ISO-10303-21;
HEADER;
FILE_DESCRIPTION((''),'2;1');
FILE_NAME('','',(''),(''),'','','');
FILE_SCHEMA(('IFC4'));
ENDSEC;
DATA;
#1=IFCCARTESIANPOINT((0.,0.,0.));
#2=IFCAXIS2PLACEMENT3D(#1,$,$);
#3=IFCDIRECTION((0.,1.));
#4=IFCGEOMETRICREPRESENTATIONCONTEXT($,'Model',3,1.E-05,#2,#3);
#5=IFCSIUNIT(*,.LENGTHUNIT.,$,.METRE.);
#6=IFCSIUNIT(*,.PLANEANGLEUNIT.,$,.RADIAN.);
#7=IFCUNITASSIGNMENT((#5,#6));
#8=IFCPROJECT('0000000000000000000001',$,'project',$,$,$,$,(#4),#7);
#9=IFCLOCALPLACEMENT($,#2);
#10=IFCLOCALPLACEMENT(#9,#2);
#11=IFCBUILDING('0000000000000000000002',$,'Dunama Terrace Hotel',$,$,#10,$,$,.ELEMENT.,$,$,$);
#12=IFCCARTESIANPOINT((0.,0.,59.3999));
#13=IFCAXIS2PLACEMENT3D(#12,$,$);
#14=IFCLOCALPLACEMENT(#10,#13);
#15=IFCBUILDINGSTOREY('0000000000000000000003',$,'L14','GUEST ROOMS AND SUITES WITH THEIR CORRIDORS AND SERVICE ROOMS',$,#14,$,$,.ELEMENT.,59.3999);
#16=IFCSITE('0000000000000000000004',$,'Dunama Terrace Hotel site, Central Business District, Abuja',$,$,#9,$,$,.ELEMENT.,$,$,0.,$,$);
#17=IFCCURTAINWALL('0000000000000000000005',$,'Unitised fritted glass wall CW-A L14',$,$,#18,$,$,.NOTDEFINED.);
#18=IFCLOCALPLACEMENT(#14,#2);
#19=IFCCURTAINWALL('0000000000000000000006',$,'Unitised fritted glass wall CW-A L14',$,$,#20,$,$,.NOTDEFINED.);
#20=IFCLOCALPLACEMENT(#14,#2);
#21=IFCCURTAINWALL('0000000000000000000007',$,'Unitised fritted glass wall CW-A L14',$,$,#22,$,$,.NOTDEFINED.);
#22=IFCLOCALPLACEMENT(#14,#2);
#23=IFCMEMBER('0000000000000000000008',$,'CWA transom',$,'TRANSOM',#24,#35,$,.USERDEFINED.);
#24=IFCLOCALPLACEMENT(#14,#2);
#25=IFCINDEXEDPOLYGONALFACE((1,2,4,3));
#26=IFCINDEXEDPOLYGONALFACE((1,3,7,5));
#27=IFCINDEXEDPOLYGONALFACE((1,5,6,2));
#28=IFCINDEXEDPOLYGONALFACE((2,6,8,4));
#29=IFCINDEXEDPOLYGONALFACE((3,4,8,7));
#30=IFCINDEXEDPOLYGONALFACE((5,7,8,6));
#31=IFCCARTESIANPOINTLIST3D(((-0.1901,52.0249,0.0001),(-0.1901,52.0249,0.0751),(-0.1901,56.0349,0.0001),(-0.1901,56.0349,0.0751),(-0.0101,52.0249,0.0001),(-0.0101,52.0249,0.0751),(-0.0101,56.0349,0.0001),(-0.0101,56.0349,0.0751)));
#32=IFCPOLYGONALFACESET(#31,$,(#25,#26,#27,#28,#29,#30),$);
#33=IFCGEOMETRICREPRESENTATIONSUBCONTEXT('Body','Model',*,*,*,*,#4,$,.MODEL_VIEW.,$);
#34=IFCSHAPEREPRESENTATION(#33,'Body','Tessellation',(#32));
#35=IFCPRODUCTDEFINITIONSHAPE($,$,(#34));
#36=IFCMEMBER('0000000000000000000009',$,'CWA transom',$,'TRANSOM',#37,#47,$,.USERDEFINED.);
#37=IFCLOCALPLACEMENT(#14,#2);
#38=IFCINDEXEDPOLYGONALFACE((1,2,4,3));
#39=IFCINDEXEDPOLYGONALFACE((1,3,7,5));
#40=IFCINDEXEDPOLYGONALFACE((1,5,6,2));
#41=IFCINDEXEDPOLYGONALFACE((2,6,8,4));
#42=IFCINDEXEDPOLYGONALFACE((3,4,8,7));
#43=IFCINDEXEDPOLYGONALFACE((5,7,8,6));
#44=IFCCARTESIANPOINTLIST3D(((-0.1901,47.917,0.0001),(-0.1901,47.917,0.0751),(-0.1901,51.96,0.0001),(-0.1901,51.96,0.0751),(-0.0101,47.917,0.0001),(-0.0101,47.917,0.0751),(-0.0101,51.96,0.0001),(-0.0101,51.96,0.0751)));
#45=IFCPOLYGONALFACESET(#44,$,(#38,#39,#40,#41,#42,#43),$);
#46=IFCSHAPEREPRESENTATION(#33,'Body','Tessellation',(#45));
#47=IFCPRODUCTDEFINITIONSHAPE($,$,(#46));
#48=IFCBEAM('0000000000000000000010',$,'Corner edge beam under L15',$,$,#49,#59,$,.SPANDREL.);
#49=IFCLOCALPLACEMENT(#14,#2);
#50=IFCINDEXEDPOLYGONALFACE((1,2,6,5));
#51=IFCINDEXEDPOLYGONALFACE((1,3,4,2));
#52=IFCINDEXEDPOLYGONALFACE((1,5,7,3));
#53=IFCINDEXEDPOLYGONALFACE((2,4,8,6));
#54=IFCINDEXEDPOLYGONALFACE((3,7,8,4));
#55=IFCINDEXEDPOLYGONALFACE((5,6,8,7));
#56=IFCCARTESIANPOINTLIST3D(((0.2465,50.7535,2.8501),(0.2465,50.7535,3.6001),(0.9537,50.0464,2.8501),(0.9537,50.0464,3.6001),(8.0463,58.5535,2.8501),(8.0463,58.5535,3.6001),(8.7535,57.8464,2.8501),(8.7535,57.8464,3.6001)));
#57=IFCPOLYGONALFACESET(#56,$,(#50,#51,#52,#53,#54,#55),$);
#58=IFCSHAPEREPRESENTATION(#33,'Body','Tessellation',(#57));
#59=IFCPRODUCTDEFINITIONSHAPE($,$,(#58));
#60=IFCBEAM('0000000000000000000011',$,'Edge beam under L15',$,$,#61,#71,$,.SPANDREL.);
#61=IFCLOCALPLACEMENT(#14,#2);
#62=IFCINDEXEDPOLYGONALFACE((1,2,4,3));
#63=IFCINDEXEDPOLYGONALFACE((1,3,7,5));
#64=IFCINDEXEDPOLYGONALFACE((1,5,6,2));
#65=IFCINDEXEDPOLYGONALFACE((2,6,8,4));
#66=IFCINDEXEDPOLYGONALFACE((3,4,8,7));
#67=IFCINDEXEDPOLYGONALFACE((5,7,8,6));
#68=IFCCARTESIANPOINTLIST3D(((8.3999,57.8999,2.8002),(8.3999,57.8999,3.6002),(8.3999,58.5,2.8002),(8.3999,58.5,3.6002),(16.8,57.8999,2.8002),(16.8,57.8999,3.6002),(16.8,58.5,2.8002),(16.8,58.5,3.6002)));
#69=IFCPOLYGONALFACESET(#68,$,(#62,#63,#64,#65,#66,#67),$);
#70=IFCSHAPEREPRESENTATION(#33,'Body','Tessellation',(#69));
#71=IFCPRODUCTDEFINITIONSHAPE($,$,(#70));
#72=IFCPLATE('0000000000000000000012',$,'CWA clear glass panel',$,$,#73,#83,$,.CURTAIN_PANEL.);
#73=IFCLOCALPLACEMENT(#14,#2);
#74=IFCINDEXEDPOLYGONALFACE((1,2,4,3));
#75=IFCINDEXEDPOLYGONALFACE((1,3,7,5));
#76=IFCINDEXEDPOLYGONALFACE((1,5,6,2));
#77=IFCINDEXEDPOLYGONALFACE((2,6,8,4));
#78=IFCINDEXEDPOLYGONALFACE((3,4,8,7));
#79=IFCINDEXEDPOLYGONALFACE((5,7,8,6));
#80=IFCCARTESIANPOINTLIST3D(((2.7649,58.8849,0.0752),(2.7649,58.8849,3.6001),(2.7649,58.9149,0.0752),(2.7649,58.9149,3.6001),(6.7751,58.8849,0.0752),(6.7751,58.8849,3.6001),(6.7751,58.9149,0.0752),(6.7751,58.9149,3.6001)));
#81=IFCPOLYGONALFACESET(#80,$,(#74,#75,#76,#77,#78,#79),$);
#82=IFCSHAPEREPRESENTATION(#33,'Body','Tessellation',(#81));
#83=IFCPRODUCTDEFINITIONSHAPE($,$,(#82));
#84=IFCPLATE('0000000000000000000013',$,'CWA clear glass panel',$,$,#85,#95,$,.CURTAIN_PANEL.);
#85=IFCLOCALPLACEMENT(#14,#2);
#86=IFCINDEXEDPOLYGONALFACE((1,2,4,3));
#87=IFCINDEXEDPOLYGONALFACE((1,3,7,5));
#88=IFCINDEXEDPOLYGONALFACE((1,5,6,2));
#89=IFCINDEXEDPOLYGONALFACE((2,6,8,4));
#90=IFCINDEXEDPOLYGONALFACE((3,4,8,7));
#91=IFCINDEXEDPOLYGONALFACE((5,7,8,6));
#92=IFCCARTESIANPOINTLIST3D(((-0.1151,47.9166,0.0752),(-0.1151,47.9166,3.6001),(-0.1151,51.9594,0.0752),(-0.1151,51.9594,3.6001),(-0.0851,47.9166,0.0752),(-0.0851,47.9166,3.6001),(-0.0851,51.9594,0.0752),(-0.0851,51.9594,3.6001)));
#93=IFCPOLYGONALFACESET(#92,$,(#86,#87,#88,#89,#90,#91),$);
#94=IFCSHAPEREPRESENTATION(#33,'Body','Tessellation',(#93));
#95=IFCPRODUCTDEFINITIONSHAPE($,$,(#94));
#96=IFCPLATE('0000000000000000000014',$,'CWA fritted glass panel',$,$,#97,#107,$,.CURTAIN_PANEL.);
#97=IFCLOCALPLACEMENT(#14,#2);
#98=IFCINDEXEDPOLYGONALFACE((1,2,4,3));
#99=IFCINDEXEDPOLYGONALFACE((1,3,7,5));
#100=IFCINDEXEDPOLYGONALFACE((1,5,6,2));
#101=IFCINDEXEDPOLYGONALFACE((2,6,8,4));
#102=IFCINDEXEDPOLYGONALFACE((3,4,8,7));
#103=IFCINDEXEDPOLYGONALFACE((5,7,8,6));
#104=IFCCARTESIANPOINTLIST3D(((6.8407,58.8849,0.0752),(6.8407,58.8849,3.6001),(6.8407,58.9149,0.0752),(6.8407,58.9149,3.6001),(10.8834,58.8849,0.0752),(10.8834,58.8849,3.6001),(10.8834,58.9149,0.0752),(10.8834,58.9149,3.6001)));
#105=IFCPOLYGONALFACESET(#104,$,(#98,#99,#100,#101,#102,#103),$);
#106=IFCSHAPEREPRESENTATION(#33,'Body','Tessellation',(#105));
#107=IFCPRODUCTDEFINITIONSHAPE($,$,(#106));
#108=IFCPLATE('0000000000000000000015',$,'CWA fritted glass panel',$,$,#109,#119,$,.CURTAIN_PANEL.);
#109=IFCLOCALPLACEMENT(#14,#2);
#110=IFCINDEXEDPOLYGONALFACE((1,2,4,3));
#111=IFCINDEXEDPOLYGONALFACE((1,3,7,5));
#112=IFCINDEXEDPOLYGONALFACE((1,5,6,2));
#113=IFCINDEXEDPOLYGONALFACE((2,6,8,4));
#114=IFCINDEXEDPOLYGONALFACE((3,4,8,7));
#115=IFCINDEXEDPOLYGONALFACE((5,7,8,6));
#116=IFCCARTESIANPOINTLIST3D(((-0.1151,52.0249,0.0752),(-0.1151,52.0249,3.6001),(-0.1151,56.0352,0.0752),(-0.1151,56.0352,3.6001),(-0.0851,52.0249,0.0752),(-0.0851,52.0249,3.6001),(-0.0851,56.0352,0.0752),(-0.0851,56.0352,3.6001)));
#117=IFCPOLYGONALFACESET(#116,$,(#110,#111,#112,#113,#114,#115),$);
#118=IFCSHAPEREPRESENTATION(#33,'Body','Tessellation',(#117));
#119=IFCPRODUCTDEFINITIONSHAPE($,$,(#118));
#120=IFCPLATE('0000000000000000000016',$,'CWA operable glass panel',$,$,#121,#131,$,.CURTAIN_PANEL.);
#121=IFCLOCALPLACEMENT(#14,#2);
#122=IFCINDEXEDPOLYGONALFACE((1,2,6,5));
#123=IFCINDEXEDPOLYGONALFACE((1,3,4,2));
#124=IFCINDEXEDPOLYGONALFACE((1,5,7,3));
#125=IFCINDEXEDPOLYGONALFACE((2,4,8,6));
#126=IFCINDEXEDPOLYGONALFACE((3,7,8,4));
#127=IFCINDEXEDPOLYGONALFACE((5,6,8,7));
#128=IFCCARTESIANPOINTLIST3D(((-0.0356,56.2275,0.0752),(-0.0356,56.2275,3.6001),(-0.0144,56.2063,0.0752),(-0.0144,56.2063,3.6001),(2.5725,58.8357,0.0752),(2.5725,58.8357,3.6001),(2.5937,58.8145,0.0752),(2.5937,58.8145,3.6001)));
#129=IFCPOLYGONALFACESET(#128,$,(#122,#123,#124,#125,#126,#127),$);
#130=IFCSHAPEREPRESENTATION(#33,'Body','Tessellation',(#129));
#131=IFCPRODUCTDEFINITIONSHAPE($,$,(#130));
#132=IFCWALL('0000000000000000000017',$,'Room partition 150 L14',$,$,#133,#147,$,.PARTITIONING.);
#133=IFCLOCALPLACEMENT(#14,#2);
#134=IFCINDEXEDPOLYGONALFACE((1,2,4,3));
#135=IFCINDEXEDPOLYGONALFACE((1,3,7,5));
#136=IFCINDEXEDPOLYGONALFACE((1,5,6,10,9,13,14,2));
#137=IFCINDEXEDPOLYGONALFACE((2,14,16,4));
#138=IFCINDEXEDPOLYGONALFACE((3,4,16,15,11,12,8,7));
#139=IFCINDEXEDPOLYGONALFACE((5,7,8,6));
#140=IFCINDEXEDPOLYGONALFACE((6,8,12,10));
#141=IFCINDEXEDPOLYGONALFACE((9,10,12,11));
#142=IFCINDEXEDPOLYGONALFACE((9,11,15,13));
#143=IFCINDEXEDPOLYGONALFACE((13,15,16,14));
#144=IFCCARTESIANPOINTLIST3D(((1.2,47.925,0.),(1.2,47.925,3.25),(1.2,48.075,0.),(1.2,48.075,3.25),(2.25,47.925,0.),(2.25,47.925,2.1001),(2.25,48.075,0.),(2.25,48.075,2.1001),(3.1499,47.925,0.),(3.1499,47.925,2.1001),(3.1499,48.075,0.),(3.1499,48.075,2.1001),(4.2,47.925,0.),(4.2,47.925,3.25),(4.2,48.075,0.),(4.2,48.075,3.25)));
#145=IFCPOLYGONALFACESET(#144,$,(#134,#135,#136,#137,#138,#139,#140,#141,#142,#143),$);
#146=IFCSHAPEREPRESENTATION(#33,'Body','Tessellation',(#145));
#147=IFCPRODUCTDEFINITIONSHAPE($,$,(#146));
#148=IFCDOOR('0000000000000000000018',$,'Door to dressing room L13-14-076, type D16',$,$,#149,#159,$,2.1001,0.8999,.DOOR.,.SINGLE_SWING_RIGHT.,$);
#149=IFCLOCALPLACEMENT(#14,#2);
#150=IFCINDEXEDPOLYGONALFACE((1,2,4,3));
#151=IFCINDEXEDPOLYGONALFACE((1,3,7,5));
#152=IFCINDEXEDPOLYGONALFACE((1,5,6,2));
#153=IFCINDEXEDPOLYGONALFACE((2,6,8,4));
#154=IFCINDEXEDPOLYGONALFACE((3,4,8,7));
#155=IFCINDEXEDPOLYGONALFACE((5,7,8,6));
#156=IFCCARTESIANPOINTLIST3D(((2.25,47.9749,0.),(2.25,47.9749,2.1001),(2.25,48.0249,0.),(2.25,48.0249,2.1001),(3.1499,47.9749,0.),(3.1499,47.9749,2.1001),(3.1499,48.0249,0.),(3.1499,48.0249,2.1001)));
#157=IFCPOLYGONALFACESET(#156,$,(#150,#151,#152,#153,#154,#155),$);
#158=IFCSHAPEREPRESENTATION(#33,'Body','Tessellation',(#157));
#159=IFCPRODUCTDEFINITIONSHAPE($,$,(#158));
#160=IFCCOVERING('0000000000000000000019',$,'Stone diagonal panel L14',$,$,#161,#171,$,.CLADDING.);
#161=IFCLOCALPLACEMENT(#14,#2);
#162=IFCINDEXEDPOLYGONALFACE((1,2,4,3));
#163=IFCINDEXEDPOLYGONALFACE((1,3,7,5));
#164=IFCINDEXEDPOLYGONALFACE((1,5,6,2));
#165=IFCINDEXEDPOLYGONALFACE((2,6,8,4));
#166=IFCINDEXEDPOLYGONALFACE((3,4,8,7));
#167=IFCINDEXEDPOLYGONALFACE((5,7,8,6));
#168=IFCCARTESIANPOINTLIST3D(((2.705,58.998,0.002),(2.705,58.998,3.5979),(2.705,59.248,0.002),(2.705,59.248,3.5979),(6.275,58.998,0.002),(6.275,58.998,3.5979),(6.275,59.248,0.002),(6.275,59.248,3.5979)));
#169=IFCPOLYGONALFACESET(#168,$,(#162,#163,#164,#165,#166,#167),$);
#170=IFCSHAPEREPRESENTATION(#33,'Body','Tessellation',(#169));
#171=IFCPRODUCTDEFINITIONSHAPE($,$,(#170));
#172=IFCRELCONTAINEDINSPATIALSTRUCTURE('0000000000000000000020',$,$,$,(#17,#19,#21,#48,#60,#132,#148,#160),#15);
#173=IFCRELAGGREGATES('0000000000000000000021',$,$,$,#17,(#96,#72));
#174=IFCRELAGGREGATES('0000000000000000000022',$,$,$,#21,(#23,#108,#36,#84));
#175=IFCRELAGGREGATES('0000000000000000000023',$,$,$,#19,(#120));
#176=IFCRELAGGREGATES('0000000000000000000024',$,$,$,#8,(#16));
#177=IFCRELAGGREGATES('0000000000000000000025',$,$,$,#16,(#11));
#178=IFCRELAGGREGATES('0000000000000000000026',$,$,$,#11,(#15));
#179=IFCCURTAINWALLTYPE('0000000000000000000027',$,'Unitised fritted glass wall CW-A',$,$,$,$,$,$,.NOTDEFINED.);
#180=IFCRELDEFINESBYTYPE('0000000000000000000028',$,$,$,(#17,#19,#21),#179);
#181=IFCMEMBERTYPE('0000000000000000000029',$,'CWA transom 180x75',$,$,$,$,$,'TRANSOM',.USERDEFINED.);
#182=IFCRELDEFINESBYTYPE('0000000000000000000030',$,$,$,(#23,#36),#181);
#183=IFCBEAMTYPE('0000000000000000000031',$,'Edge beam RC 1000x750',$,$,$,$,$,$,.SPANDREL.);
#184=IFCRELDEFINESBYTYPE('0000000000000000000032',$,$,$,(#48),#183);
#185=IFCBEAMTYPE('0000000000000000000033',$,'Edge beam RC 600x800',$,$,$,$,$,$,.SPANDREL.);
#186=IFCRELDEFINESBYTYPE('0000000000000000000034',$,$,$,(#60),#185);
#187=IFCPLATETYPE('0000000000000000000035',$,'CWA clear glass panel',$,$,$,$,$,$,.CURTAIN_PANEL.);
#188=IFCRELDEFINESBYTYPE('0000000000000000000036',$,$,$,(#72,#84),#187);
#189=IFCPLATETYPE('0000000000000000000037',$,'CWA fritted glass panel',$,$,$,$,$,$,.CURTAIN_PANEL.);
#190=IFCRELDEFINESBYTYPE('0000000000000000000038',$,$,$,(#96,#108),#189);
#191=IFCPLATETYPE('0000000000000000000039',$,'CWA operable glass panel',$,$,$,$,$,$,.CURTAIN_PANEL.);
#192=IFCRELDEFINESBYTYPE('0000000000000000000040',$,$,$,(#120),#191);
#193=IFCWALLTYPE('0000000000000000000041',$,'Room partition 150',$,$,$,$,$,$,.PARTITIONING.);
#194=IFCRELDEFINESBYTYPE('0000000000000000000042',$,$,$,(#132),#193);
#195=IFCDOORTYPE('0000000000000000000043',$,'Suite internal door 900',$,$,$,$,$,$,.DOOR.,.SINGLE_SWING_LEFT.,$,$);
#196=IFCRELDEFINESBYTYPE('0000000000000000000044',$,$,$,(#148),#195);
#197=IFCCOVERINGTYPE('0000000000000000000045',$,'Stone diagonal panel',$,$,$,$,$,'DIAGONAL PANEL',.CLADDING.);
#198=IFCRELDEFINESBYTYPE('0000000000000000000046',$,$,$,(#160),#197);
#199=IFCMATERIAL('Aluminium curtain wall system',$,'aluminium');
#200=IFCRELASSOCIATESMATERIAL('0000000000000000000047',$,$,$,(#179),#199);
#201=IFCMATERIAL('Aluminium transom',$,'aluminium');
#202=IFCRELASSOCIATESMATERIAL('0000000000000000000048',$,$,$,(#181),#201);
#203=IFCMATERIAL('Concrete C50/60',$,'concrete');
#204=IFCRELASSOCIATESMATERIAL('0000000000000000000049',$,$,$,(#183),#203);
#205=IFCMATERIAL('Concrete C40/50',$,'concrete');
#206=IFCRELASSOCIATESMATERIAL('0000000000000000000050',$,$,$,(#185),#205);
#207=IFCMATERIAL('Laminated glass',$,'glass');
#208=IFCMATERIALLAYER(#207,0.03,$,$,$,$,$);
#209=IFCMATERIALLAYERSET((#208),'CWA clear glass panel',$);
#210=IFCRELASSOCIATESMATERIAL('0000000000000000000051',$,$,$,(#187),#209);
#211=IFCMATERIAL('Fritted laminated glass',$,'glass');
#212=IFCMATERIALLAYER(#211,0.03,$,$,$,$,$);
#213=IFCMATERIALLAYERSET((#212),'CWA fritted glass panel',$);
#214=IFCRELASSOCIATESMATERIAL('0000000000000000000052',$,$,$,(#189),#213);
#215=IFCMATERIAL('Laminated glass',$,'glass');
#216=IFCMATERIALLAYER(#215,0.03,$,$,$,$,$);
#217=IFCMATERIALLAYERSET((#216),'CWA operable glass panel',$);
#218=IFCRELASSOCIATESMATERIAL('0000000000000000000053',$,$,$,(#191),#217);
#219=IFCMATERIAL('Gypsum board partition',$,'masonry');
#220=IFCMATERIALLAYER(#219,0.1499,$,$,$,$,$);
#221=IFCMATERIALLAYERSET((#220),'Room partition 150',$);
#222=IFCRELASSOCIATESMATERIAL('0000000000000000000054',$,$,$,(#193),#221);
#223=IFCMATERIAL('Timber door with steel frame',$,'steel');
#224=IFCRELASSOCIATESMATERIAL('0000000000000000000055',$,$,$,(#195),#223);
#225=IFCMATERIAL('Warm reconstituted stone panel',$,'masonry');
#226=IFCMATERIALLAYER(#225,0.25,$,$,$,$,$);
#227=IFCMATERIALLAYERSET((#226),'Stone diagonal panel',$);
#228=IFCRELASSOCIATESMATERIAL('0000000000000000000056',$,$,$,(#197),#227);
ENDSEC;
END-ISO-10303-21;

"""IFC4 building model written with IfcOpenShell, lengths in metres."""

from ifc_helpers import new_model, si_unit, direction, frame, frame_2d, origin, origin_2d, place, context, subcontext, project, spatial, rectangle, extrude, material, layer, layer_set, material_profile, profile_set, type_object, element, fill, aggregate, save


model = new_model("IFC4")

# Units and contexts
model_context = context("Model", 3, precision=1e-05, world=origin(), true_north=direction((0.0, 1.0)))
body_context = subcontext(model_context, "Body", "Model", "MODEL_VIEW")
ifc_project = project(units=[si_unit("LENGTHUNIT", "METRE"), si_unit("PLANEANGLEUNIT", "RADIAN")], contexts=[model_context])

# Site, building, storey
site_placement = place(None, origin())
site = spatial("IfcSite", under=ifc_project, at=site_placement, Name="Dunama Terrace Hotel site, Central Business District, Abuja", CompositionType="ELEMENT", RefElevation=0.0)
building_placement = place(site_placement, origin())
building = spatial("IfcBuilding", under=site, at=building_placement, Name="Dunama Terrace Hotel", CompositionType="ELEMENT")
storey_placement = place(building_placement, frame((0.0, 0.0, 59.3999)))
storey = spatial("IfcBuildingStorey", under=building, at=storey_placement, Name="L14", Description="GUEST ROOMS AND SUITES WITH THEIR CORRIDORS AND SERVICE ROOMS", CompositionType="ELEMENT", Elevation=59.3999)

# Curtain walls
ifc_material_1 = material(Name="Aluminium curtain wall system", Category="aluminium")
curtain_wall_type = type_object("IfcCurtainWallType", Name="Unitised fritted glass wall CW-A", PredefinedType="NOTDEFINED", material=ifc_material_1)
curtain_wall_1_placement = place(storey_placement, origin())
curtain_wall_1 = element("IfcCurtainWall", 1, at=curtain_wall_1_placement, inside=storey, type_object=curtain_wall_type, Name="Unitised fritted glass wall CW-A L14", PredefinedType="NOTDEFINED")
curtain_wall_2_placement = place(storey_placement, origin())
curtain_wall_2 = element("IfcCurtainWall", 2, at=curtain_wall_2_placement, inside=storey, type_object=curtain_wall_type, Name="Unitised fritted glass wall CW-A L14", PredefinedType="NOTDEFINED")
curtain_wall_3_placement = place(storey_placement, origin())
curtain_wall_3 = element("IfcCurtainWall", 3, at=curtain_wall_3_placement, inside=storey, type_object=curtain_wall_type, Name="Unitised fritted glass wall CW-A L14", PredefinedType="NOTDEFINED")

# Members
ifc_material_2 = material(Name="Aluminium transom", Category="aluminium")
ifc_material_profile_1 = material_profile(ifc_material_2, rectangle(XDim=0.1799, YDim=0.075, at=origin_2d()), Name="CWA TRANSOM 180X75")
ifc_profile_set_1 = profile_set([ifc_material_profile_1], Name="Aluminium transom")
member_type_1 = type_object("IfcMemberType", Name="CWA transom 180x75", ElementType="TRANSOM", PredefinedType="USERDEFINED", material=ifc_profile_set_1)
member_1_placement = place(storey_placement, frame((-0.1001, 56.0349, 0.0376), z_axis=(0.0, -1.0, 0.0), x_axis=(1.0, 0.0, 0.0)))
member_1 = element("IfcMember", 4, at=member_1_placement, type_object=member_type_1, Name="CWA transom", ObjectType="TRANSOM", PredefinedType="USERDEFINED", context=body_context, shape_type="SweptSolid", body=[
    extrude(rectangle(XDim=0.1799, YDim=0.075, at=origin_2d()), origin(), (0.0, 0.0, 1.0), 4.01),
])
member_2_placement = place(storey_placement, frame((-0.1001, 51.96, 0.0376), z_axis=(0.0, -1.0, 0.0), x_axis=(1.0, 0.0, 0.0)))
member_2 = element("IfcMember", 5, at=member_2_placement, type_object=member_type_1, Name="CWA transom", ObjectType="TRANSOM", PredefinedType="USERDEFINED", context=body_context, shape_type="SweptSolid", body=[
    extrude(rectangle(XDim=0.1799, YDim=0.075, at=origin_2d()), origin(), (0.0, 0.0, 1.0), 4.043),
])

# Beams
ifc_material_3 = material(Name="Concrete C50/60", Category="concrete")
ifc_material_profile_2 = material_profile(ifc_material_3, rectangle(XDim=1.0, YDim=0.75, at=origin_2d()), Name="RC 1000x750")
ifc_profile_set_2 = profile_set([ifc_material_profile_2], Name="Concrete C50/60")
beam_type_1 = type_object("IfcBeamType", Name="Edge beam RC 1000x750", PredefinedType="SPANDREL", material=ifc_profile_set_2)
beam_1_placement = place(storey_placement, frame((8.3999, 58.2, 3.2251), z_axis=(-0.707096, -0.707118, 0.0), x_axis=(0.707118, -0.707096, 0.0)))
element("IfcBeam", 6, at=beam_1_placement, inside=storey, type_object=beam_type_1, Name="Corner edge beam under L15", PredefinedType="SPANDREL", context=body_context, shape_type="SweptSolid", body=[
    extrude(rectangle(XDim=1.0, YDim=0.75, at=origin_2d()), origin(), (0.0, 0.0, 1.0), 11.0308),
])
ifc_material_4 = material(Name="Concrete C40/50", Category="concrete")
ifc_material_profile_3 = material_profile(ifc_material_4, rectangle(XDim=0.6001, YDim=0.8, at=origin_2d()), Name="RC 600x800")
ifc_profile_set_3 = profile_set([ifc_material_profile_3], Name="Concrete C40/50")
beam_type_2 = type_object("IfcBeamType", Name="Edge beam RC 600x800", PredefinedType="SPANDREL", material=ifc_profile_set_3)
beam_2_placement = place(storey_placement, frame((8.3999, 58.2, 3.2002), z_axis=(1.0, 0.0, 0.0), x_axis=(0.0, 1.0, 0.0)))
element("IfcBeam", 7, at=beam_2_placement, inside=storey, type_object=beam_type_2, Name="Edge beam under L15", PredefinedType="SPANDREL", context=body_context, shape_type="SweptSolid", body=[
    extrude(rectangle(XDim=0.6001, YDim=0.8, at=origin_2d()), origin(), (0.0, 0.0, 1.0), 8.4001),
])

# Plates
ifc_material_5 = material(Name="Laminated glass", Category="glass")
ifc_layer_1 = layer(ifc_material_5, 0.03)
ifc_layer_set_1 = layer_set([ifc_layer_1], Name="CWA clear glass panel")
plate_type_1 = type_object("IfcPlateType", Name="CWA clear glass panel", PredefinedType="CURTAIN_PANEL", material=ifc_layer_set_1)
plate_1_placement = place(storey_placement, frame((4.77, 58.8999, 0.0752), z_axis=(0.0, 0.0, 1.0), x_axis=(-1.0, 0.0, 0.0)))
plate_1 = element("IfcPlate", 8, at=plate_1_placement, type_object=plate_type_1, Name="CWA clear glass panel", PredefinedType="CURTAIN_PANEL", context=body_context, shape_type="SweptSolid", body=[
    extrude(rectangle(XDim=4.0103, YDim=0.03, at=origin_2d()), origin(), (0.0, 0.0, 1.0), 3.5249),
])
plate_2_placement = place(storey_placement, frame((-0.1001, 49.938, 0.0752), z_axis=(0.0, 0.0, 1.0), x_axis=(0.0, -1.0, 0.0)))
plate_2 = element("IfcPlate", 9, at=plate_2_placement, type_object=plate_type_1, Name="CWA clear glass panel", PredefinedType="CURTAIN_PANEL", context=body_context, shape_type="SweptSolid", body=[
    extrude(rectangle(XDim=4.0427, YDim=0.03, at=origin_2d()), origin(), (0.0, 0.0, 1.0), 3.5249),
])
ifc_material_6 = material(Name="Fritted laminated glass", Category="glass")
ifc_layer_2 = layer(ifc_material_6, 0.03)
ifc_layer_set_2 = layer_set([ifc_layer_2], Name="CWA fritted glass panel")
plate_type_2 = type_object("IfcPlateType", Name="CWA fritted glass panel", PredefinedType="CURTAIN_PANEL", material=ifc_layer_set_2)
plate_3_placement = place(storey_placement, frame((8.8621, 58.8999, 0.0752), z_axis=(0.0, 0.0, 1.0), x_axis=(-1.0, 0.0, 0.0)))
plate_3 = element("IfcPlate", 10, at=plate_3_placement, type_object=plate_type_2, Name="CWA fritted glass panel", PredefinedType="CURTAIN_PANEL", context=body_context, shape_type="SweptSolid", body=[
    extrude(rectangle(XDim=4.0427, YDim=0.03, at=origin_2d()), origin(), (0.0, 0.0, 1.0), 3.5249),
])
aggregate(curtain_wall_1, [plate_3, plate_1])
plate_4_placement = place(storey_placement, frame((-0.1001, 54.03, 0.0752), z_axis=(0.0, 0.0, 1.0), x_axis=(0.0, -1.0, 0.0)))
plate_4 = element("IfcPlate", 11, at=plate_4_placement, type_object=plate_type_2, Name="CWA fritted glass panel", PredefinedType="CURTAIN_PANEL", context=body_context, shape_type="SweptSolid", body=[
    extrude(rectangle(XDim=4.0103, YDim=0.03, at=origin_2d()), origin(), (0.0, 0.0, 1.0), 3.5249),
])
aggregate(curtain_wall_3, [member_1, plate_4, member_2, plate_2])
ifc_material_7 = material(Name="Laminated glass", Category="glass")
ifc_layer_3 = layer(ifc_material_7, 0.03)
ifc_layer_set_3 = layer_set([ifc_layer_3], Name="CWA operable glass panel")
plate_type_3 = type_object("IfcPlateType", Name="CWA operable glass panel", PredefinedType="CURTAIN_PANEL", material=ifc_layer_set_3)
plate_5_placement = place(storey_placement, frame((1.2791, 57.521, 0.0752), z_axis=(0.0, 0.0, 1.0), x_axis=(-0.707107, -0.707107, 0.0)))
plate_5 = element("IfcPlate", 12, at=plate_5_placement, type_object=plate_type_3, Name="CWA operable glass panel", PredefinedType="CURTAIN_PANEL", context=body_context, shape_type="SweptSolid", body=[
    extrude(rectangle(XDim=3.6885, YDim=0.03, at=origin_2d()), origin(), (0.0, 0.0, 1.0), 3.5249),
])
aggregate(curtain_wall_2, [plate_5])

# Wall, opening, door
ifc_material_8 = material(Name="Gypsum board partition", Category="masonry")
ifc_layer_4 = layer(ifc_material_8, 0.1499)
ifc_layer_set_4 = layer_set([ifc_layer_4], Name="Room partition 150")
wall_type = type_object("IfcWallType", Name="Room partition 150", PredefinedType="PARTITIONING", material=ifc_layer_set_4)
wall_placement = place(storey_placement, frame((1.2, 48.0, 0.0), z_axis=(0.0, 0.0, 1.0), x_axis=(1.0, 0.0, 0.0)))
wall = element("IfcWall", 13, at=wall_placement, inside=storey, type_object=wall_type, Name="Room partition 150 L14", PredefinedType="PARTITIONING", context=body_context, shape_type="SweptSolid", body=[
    extrude(rectangle(XDim=3.0, YDim=0.1499, at=frame_2d((1.5, 0.0))), origin(), (0.0, 0.0, 1.0), 3.25),
])
opening_placement = place(wall_placement, frame((1.05, 0.0, 0.0)))
opening = element("IfcOpeningElement", 14, at=opening_placement, cuts=wall, PredefinedType="OPENING", context=body_context, shape_type="SweptSolid", body=[
    extrude(rectangle(XDim=0.8999, YDim=2.1001, at=frame_2d((0.45, 1.05))), frame((0.0, 0.085, 0.0), z_axis=(0.0, -1.0, 0.0), x_axis=(1.0, 0.0, 0.0)), (0.0, 0.0, 1.0), 0.1699),
])
ifc_material_9 = material(Name="Timber door with steel frame", Category="steel")
door_type = type_object("IfcDoorType", Name="Suite internal door 900", OperationType="SINGLE_SWING_LEFT", PredefinedType="DOOR", material=ifc_material_9)
door_placement = place(opening_placement, frame((0.8999, 0.0, 0.0), z_axis=(0.0, 0.0, 1.0), x_axis=(-1.0, 0.0, 0.0)))
door = element("IfcDoor", 15, at=door_placement, inside=storey, type_object=door_type, Name="Door to dressing room L13-14-076, type D16", OperationType="SINGLE_SWING_RIGHT", OverallHeight=2.1001, OverallWidth=0.8999, PredefinedType="DOOR", context=body_context, shape_type="SweptSolid", body=[
    extrude(rectangle(XDim=0.8999, YDim=2.1001, at=frame_2d((0.45, 1.05))), frame((0.0, 0.0251, 0.0), z_axis=(0.0, -1.0, 0.0), x_axis=(1.0, 0.0, 0.0)), (0.0, 0.0, 1.0), 0.05),
])
fill(opening, door)

# Covering
ifc_material_10 = material(Name="Warm reconstituted stone panel", Category="masonry")
ifc_layer_5 = layer(ifc_material_10, 0.25)
ifc_layer_set_5 = layer_set([ifc_layer_5], Name="Stone diagonal panel")
covering_type = type_object("IfcCoveringType", Name="Stone diagonal panel", ElementType="DIAGONAL PANEL", PredefinedType="CLADDING", material=ifc_layer_set_5)
covering_1_placement = place(storey_placement, frame((4.49, 59.123, 0.002), z_axis=(0.0, 0.0, 1.0), x_axis=(-1.0, 0.0, 0.0)))
element("IfcCovering", 16, at=covering_1_placement, inside=storey, type_object=covering_type, Name="Stone diagonal panel L14", PredefinedType="CLADDING", context=body_context, shape_type="SweptSolid", body=[
    extrude(rectangle(XDim=3.5701, YDim=0.25, at=origin_2d()), origin(), (0.0, 0.0, 1.0), 3.5959),
])

save(model, "model.ifc")
